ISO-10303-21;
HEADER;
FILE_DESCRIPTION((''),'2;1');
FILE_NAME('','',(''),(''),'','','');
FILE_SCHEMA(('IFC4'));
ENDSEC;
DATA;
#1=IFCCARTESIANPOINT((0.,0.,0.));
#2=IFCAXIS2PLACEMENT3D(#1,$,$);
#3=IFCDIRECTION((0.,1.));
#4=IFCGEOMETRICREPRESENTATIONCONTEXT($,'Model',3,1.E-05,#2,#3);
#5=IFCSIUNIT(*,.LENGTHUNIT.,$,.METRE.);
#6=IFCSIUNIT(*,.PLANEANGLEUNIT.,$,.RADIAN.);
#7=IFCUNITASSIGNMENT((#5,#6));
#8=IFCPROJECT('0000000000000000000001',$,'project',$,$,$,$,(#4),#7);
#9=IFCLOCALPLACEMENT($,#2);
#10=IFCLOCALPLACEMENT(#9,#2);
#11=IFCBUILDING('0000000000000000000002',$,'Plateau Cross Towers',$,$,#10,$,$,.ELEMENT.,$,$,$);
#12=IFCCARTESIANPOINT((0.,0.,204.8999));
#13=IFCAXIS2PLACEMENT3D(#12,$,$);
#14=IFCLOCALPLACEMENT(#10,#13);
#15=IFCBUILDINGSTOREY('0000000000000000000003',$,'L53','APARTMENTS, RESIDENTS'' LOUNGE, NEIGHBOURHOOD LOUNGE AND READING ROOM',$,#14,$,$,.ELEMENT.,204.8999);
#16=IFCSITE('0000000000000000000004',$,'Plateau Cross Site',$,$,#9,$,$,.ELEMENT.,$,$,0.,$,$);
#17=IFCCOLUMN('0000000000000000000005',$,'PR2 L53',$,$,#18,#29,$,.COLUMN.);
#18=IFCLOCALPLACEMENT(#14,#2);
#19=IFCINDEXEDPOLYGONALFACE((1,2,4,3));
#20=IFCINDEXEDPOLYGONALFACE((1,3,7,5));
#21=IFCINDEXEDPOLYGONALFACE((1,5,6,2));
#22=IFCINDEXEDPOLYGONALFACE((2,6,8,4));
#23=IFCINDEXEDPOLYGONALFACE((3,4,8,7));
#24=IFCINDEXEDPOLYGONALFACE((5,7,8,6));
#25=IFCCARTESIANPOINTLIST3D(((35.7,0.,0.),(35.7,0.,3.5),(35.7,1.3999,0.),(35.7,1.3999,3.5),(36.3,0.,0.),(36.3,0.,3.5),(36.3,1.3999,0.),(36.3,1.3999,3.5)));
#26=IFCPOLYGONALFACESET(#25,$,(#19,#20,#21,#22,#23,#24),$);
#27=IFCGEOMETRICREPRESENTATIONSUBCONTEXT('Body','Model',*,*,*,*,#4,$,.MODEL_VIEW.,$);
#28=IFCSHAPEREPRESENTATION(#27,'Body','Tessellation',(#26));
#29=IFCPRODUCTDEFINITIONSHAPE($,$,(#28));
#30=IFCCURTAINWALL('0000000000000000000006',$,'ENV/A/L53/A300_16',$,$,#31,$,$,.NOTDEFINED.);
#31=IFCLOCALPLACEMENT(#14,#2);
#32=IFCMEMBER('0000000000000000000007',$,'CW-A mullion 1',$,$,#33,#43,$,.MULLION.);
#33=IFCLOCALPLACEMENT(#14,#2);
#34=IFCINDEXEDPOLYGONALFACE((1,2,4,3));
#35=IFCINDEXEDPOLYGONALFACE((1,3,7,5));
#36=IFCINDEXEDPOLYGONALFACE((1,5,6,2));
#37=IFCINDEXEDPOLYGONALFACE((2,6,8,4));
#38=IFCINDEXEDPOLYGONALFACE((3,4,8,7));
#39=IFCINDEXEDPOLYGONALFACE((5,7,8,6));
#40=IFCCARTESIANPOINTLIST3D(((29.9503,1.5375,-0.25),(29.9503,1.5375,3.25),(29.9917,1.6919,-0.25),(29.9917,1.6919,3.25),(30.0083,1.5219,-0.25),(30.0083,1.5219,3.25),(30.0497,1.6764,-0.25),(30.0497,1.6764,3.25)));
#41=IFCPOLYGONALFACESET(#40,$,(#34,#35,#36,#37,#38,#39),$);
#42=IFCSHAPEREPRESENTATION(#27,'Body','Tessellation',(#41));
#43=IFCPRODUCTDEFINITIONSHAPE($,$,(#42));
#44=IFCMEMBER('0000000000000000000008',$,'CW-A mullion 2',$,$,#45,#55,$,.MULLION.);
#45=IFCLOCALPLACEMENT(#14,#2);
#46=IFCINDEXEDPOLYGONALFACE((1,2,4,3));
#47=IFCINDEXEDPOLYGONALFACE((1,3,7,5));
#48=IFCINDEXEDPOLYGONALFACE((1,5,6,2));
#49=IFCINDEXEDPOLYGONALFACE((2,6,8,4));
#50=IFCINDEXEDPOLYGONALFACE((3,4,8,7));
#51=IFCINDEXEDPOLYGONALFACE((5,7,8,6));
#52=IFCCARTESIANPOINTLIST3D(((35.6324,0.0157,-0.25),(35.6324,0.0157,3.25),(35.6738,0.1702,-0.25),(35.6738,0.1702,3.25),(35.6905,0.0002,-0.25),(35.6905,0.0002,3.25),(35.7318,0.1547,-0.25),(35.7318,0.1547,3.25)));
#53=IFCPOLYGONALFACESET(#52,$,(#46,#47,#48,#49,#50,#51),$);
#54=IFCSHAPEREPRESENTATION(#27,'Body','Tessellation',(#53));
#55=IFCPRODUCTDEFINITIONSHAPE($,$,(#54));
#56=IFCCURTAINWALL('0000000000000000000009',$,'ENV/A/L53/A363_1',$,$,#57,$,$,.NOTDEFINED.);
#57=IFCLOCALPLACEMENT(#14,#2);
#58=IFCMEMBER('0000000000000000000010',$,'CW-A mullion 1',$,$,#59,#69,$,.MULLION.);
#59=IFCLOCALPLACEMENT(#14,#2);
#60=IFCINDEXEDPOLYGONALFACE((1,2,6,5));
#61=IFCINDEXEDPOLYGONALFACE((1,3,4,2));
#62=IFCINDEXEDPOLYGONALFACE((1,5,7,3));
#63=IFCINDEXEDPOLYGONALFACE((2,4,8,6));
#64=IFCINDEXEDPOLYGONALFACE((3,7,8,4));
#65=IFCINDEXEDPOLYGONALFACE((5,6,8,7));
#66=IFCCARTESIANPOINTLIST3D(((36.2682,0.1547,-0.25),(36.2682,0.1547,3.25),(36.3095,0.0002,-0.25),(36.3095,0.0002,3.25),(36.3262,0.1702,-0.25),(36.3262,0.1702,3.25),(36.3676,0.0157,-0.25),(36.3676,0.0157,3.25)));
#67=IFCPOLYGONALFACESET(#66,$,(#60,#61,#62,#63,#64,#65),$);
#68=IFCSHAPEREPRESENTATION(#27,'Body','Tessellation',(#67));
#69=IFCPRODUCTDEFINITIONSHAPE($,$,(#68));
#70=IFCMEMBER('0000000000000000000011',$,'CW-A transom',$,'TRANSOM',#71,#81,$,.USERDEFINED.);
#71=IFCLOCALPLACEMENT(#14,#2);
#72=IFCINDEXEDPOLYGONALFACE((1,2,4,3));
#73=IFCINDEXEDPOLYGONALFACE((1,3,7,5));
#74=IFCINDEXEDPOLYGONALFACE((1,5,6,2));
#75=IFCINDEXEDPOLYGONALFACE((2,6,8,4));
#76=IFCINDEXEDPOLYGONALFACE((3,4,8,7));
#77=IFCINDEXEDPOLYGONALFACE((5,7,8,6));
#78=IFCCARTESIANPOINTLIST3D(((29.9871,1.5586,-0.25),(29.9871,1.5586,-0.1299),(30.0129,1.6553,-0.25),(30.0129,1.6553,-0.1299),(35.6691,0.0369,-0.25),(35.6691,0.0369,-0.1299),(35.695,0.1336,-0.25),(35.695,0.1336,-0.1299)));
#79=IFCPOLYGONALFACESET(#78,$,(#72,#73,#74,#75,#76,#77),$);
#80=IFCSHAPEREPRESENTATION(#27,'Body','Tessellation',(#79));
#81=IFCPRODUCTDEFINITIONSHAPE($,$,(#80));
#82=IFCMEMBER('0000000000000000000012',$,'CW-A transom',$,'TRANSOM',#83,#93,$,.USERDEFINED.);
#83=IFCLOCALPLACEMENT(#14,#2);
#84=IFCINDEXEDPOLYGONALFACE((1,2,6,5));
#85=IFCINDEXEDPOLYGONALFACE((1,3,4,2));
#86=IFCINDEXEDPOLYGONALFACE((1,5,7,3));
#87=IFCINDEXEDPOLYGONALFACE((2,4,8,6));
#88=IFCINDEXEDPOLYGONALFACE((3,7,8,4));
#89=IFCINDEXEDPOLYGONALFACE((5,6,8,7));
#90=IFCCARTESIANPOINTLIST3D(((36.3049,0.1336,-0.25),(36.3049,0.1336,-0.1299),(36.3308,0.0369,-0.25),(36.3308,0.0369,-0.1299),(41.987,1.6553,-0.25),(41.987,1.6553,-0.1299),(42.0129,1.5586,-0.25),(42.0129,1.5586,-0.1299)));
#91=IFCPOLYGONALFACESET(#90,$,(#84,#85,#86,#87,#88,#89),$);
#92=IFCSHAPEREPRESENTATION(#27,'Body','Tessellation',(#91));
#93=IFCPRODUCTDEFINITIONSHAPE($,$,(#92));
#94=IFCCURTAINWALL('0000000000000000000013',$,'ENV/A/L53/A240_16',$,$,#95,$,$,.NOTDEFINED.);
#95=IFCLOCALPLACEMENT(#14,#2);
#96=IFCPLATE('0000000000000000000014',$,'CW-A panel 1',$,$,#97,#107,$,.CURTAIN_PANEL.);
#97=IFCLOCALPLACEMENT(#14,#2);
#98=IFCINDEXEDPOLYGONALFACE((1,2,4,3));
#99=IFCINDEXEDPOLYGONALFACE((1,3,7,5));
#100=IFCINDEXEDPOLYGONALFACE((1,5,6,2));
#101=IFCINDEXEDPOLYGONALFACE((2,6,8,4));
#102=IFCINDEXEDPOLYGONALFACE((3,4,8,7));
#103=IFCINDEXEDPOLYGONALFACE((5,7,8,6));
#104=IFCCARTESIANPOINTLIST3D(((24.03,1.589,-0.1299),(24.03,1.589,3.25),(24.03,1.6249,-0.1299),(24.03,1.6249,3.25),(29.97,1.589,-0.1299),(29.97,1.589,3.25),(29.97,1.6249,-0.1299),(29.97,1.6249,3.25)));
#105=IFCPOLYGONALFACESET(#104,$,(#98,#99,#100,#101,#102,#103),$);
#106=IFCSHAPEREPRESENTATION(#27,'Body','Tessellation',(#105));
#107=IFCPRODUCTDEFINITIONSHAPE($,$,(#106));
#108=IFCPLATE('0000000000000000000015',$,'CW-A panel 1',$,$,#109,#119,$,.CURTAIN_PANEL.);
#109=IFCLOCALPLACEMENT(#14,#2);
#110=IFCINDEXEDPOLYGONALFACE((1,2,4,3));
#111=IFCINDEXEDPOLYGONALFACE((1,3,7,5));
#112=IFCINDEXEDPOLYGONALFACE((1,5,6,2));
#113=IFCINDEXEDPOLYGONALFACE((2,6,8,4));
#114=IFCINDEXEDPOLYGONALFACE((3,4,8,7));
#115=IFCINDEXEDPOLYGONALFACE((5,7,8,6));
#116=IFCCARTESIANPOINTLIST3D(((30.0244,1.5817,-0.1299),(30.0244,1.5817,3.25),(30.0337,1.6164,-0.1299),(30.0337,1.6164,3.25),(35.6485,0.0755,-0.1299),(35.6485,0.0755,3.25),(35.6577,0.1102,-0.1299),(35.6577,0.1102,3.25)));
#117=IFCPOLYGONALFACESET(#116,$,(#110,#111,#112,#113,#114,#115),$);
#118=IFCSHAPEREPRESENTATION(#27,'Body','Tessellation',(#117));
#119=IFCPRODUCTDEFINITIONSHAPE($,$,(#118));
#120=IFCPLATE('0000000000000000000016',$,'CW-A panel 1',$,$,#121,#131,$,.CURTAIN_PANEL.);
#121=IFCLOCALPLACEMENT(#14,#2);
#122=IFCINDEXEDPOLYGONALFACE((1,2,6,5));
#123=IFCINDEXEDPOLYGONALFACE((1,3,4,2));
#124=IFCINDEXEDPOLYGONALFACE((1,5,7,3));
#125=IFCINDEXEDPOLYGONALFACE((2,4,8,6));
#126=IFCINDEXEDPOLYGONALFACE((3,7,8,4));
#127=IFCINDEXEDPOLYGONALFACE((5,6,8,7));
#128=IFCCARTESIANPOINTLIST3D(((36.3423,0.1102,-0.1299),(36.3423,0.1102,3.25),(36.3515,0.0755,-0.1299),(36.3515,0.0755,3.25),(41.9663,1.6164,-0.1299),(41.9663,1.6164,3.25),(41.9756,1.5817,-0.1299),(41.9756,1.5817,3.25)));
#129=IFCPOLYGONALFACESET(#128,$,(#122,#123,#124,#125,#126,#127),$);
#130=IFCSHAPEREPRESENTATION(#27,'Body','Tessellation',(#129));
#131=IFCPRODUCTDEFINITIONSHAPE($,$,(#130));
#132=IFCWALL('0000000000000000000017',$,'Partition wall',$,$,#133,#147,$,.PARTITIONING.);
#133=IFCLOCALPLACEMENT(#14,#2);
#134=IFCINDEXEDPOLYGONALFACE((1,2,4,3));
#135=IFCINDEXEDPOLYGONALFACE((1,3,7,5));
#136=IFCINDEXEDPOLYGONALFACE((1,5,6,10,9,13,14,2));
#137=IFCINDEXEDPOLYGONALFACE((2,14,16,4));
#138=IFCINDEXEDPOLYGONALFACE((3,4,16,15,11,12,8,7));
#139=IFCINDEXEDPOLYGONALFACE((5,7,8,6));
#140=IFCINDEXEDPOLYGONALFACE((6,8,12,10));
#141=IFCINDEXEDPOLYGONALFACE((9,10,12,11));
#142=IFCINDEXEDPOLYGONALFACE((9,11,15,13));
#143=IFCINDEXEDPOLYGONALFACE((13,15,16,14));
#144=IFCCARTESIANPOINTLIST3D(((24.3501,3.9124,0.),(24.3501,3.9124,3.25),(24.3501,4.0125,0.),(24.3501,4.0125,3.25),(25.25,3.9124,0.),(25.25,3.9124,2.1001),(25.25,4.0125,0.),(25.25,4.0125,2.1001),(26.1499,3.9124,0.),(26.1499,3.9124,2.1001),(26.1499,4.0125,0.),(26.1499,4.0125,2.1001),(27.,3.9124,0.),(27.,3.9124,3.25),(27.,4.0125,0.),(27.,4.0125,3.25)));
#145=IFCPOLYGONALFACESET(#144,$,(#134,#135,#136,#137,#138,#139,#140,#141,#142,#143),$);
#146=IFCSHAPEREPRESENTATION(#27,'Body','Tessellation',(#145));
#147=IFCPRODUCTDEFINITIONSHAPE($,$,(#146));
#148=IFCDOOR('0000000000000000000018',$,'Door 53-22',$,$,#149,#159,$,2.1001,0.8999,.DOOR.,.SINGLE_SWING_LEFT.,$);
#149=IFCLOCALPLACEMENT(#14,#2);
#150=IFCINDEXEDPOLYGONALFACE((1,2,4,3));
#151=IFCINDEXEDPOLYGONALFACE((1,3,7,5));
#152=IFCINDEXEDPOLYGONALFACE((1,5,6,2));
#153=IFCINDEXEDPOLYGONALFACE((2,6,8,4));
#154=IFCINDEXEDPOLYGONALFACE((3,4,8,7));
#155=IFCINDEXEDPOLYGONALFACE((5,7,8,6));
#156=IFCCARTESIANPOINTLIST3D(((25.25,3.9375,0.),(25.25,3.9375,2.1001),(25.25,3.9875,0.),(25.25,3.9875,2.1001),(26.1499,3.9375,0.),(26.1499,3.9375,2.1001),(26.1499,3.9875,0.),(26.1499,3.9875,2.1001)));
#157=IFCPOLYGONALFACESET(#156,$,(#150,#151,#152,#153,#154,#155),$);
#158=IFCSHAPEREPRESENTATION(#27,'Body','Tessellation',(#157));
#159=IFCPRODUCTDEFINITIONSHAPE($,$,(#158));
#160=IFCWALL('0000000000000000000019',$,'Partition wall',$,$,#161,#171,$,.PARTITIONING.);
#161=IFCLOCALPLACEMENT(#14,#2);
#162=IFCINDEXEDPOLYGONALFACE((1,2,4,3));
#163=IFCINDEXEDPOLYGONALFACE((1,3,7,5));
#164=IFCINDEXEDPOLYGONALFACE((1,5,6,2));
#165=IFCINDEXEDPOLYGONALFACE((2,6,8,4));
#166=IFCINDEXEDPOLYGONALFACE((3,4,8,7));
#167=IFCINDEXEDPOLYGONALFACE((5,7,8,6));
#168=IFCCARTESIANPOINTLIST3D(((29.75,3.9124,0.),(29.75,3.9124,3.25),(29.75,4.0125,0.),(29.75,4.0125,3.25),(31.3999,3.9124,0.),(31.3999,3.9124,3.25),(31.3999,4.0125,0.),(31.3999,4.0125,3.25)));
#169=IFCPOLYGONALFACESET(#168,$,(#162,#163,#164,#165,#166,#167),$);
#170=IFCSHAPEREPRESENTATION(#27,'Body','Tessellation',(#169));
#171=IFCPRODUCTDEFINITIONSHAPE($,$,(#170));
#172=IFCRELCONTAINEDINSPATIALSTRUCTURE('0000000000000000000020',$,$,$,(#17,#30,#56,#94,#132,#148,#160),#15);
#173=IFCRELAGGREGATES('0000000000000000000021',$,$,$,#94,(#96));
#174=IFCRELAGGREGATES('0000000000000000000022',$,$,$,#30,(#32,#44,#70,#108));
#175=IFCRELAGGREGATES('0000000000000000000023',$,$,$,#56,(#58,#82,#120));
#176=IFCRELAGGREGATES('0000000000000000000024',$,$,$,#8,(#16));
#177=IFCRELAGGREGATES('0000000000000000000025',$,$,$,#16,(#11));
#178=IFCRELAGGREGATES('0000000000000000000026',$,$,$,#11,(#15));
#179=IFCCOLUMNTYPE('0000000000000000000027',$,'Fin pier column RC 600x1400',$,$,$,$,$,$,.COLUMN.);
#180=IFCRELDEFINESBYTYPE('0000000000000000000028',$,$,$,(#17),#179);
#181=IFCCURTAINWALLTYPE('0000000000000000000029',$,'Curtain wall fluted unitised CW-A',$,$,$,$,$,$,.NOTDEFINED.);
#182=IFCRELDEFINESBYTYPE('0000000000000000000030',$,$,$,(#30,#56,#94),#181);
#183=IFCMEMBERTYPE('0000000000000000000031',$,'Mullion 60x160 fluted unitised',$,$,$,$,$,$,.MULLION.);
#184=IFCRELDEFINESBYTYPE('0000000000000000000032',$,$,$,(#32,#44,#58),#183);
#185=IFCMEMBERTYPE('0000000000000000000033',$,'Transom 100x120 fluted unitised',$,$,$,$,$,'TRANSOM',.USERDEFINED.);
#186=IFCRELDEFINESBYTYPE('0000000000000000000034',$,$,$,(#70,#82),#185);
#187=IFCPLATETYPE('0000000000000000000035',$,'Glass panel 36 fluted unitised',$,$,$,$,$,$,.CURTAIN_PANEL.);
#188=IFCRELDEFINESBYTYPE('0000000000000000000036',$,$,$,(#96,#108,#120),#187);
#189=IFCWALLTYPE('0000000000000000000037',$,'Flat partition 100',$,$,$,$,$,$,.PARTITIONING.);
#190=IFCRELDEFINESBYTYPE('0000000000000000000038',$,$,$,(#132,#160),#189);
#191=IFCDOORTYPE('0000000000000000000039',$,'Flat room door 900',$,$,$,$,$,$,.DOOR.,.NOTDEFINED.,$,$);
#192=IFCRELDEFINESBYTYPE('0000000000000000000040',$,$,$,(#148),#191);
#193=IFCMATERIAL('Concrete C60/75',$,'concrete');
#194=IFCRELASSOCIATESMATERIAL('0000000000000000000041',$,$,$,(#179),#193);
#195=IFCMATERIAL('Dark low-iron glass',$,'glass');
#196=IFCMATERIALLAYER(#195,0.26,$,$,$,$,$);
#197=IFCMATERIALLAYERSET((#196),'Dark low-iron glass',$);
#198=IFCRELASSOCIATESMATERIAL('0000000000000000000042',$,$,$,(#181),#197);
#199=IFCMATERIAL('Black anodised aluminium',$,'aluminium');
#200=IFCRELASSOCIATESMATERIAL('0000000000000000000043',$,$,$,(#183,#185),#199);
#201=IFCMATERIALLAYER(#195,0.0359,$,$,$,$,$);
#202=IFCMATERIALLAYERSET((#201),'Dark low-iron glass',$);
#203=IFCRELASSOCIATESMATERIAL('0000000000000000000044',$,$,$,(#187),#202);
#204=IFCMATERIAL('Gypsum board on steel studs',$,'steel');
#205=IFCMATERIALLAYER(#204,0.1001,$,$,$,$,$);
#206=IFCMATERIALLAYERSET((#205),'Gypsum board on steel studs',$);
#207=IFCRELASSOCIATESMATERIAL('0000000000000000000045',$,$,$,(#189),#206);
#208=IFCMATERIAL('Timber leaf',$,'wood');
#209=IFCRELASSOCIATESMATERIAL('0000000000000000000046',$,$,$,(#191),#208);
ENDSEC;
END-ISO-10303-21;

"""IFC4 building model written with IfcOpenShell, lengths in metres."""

from ifc_helpers import new_model, si_unit, direction, frame, frame_2d, origin, origin_2d, place, context, subcontext, project, spatial, rectangle, extrude, material, layer, layer_set, material_profile, profile_set, type_object, element, fill, aggregate, save


model = new_model("IFC4")

# Units and contexts
model_context = context("Model", 3, precision=1e-05, world=origin(), true_north=direction((0.0, 1.0)))
body_context = subcontext(model_context, "Body", "Model", "MODEL_VIEW")
ifc_project = project(units=[si_unit("LENGTHUNIT", "METRE"), si_unit("PLANEANGLEUNIT", "RADIAN")], contexts=[model_context])

# Site, building, storey
site_placement = place(None, origin())
site = spatial("IfcSite", under=ifc_project, at=site_placement, Name="Plateau Cross Site", CompositionType="ELEMENT", RefElevation=0.0)
building_placement = place(site_placement, origin())
building = spatial("IfcBuilding", under=site, at=building_placement, Name="Plateau Cross Towers", CompositionType="ELEMENT")
storey_placement = place(building_placement, frame((0.0, 0.0, 204.8999)))
storey = spatial("IfcBuildingStorey", under=building, at=storey_placement, Name="L53", Description="APARTMENTS, RESIDENTS' LOUNGE, NEIGHBOURHOOD LOUNGE AND READING ROOM", CompositionType="ELEMENT", Elevation=204.8999)

# Column
ifc_material_1 = material(Name="Concrete C60/75", Category="concrete")
ifc_material_profile_1 = material_profile(ifc_material_1, rectangle(XDim=0.6001, YDim=1.3999, at=origin_2d()), Name="RC 600x1400")
ifc_profile_set_1 = profile_set([ifc_material_profile_1], Name="Concrete C60/75")
column_type = type_object("IfcColumnType", Name="Fin pier column RC 600x1400", PredefinedType="COLUMN", material=ifc_profile_set_1)
column_placement = place(storey_placement, frame((36.0, 0.7, 0.0), z_axis=(0.0, 0.0, 1.0), x_axis=(1.0, 0.0, 0.0)))
element("IfcColumn", 1, at=column_placement, inside=storey, type_object=column_type, Name="PR2 L53", PredefinedType="COLUMN", context=body_context, shape_type="SweptSolid", body=[
    extrude(rectangle(XDim=0.6001, YDim=1.3999, at=origin_2d()), origin(), (0.0, 0.0, 1.0), 3.5),
])

# Curtain wall, members
ifc_material_2 = material(Name="Dark low-iron glass", Category="glass")
ifc_layer_1 = layer(ifc_material_2, 0.26)
ifc_layer_set_1 = layer_set([ifc_layer_1], Name="Dark low-iron glass")
curtain_wall_type = type_object("IfcCurtainWallType", Name="Curtain wall fluted unitised CW-A", PredefinedType="NOTDEFINED", material=ifc_layer_set_1)
curtain_wall_1_placement = place(storey_placement, origin())
curtain_wall_1 = element("IfcCurtainWall", 2, at=curtain_wall_1_placement, inside=storey, type_object=curtain_wall_type, Name="ENV/A/L53/A300_16", PredefinedType="NOTDEFINED")
ifc_material_3 = material(Name="Black anodised aluminium", Category="aluminium")
ifc_material_profile_2 = material_profile(ifc_material_3, rectangle(XDim=0.0601, YDim=0.1599, at=origin_2d()), Name="MULLION 60x160")
ifc_profile_set_2 = profile_set([ifc_material_profile_2], Name="Black anodised aluminium")
member_type_1 = type_object("IfcMemberType", Name="Mullion 60x160 fluted unitised", PredefinedType="MULLION", material=ifc_profile_set_2)
member_1_placement = place(storey_placement, frame((30.0, 1.6069, -0.25), z_axis=(0.0, 0.0, 1.0), x_axis=(0.965958, -0.258699, 0.0)))
member_1 = element("IfcMember", 3, at=member_1_placement, type_object=member_type_1, Name="CW-A mullion 1", PredefinedType="MULLION", context=body_context, shape_type="SweptSolid", body=[
    extrude(rectangle(XDim=0.0601, YDim=0.1599, at=origin_2d()), origin(), (0.0, 0.0, 1.0), 3.5),
])
member_2_placement = place(storey_placement, frame((35.6821, 0.0852, -0.25), z_axis=(0.0, 0.0, 1.0), x_axis=(0.965958, -0.258699, 0.0)))
member_2 = element("IfcMember", 4, at=member_2_placement, type_object=member_type_1, Name="CW-A mullion 2", PredefinedType="MULLION", context=body_context, shape_type="SweptSolid", body=[
    extrude(rectangle(XDim=0.0601, YDim=0.1599, at=origin_2d()), origin(), (0.0, 0.0, 1.0), 3.5),
])

# Curtain wall, member
curtain_wall_2_placement = place(storey_placement, origin())
curtain_wall_2 = element("IfcCurtainWall", 5, at=curtain_wall_2_placement, inside=storey, type_object=curtain_wall_type, Name="ENV/A/L53/A363_1", PredefinedType="NOTDEFINED")
member_3_placement = place(storey_placement, frame((36.3179, 0.0852, -0.25), z_axis=(0.0, 0.0, 1.0), x_axis=(0.965958, 0.258699, 0.0)))
member_3 = element("IfcMember", 6, at=member_3_placement, type_object=member_type_1, Name="CW-A mullion 1", PredefinedType="MULLION", context=body_context, shape_type="SweptSolid", body=[
    extrude(rectangle(XDim=0.0601, YDim=0.1599, at=origin_2d()), origin(), (0.0, 0.0, 1.0), 3.5),
])

# Members
ifc_material_profile_3 = material_profile(ifc_material_3, rectangle(XDim=0.1001, YDim=0.1201, at=origin_2d()), Name="TRANSOM 100x120")
ifc_profile_set_3 = profile_set([ifc_material_profile_3], Name="Black anodised aluminium")
member_type_2 = type_object("IfcMemberType", Name="Transom 100x120 fluted unitised", ElementType="TRANSOM", PredefinedType="USERDEFINED", material=ifc_profile_set_3)
member_4_placement = place(storey_placement, frame((30.0, 1.6069, -0.1899), z_axis=(0.96596, -0.258693, 0.0), x_axis=(0.258693, 0.96596, 0.0)))
member_4 = element("IfcMember", 7, at=member_4_placement, type_object=member_type_2, Name="CW-A transom", ObjectType="TRANSOM", PredefinedType="USERDEFINED", context=body_context, shape_type="SweptSolid", body=[
    extrude(rectangle(XDim=0.1001, YDim=0.1201, at=origin_2d()), origin(), (0.0, 0.0, 1.0), 5.8823),
])
member_5_placement = place(storey_placement, frame((36.3179, 0.0852, -0.1899), z_axis=(0.96596, 0.258693, 0.0), x_axis=(-0.258693, 0.96596, 0.0)))
member_5 = element("IfcMember", 8, at=member_5_placement, type_object=member_type_2, Name="CW-A transom", ObjectType="TRANSOM", PredefinedType="USERDEFINED", context=body_context, shape_type="SweptSolid", body=[
    extrude(rectangle(XDim=0.1001, YDim=0.1201, at=origin_2d()), origin(), (0.0, 0.0, 1.0), 5.8823),
])

# Curtain wall, plate
curtain_wall_3_placement = place(storey_placement, origin())
curtain_wall_3 = element("IfcCurtainWall", 9, at=curtain_wall_3_placement, inside=storey, type_object=curtain_wall_type, Name="ENV/A/L53/A240_16", PredefinedType="NOTDEFINED")
ifc_layer_2 = layer(ifc_material_2, 0.0359)
ifc_layer_set_2 = layer_set([ifc_layer_2], Name="Dark low-iron glass")
plate_type = type_object("IfcPlateType", Name="Glass panel 36 fluted unitised", PredefinedType="CURTAIN_PANEL", material=ifc_layer_set_2)
plate_1_placement = place(storey_placement, frame((27.0, 1.6069, -0.1299), z_axis=(0.0, 0.0, 1.0), x_axis=(1.0, 0.0, 0.0)))
plate_1 = element("IfcPlate", 10, at=plate_1_placement, type_object=plate_type, Name="CW-A panel 1", PredefinedType="CURTAIN_PANEL", context=body_context, shape_type="SweptSolid", body=[
    extrude(rectangle(XDim=5.9399, YDim=0.0359, at=origin_2d()), origin(), (0.0, 0.0, 1.0), 3.3799),
])
aggregate(curtain_wall_3, [plate_1])

# Plates
plate_2_placement = place(storey_placement, frame((32.8411, 0.8459, -0.1299), z_axis=(0.0, 0.0, 1.0), x_axis=(0.965958, -0.258699, 0.0)))
plate_2 = element("IfcPlate", 11, at=plate_2_placement, type_object=plate_type, Name="CW-A panel 1", PredefinedType="CURTAIN_PANEL", context=body_context, shape_type="SweptSolid", body=[
    extrude(rectangle(XDim=5.8223, YDim=0.0359, at=origin_2d()), origin(), (0.0, 0.0, 1.0), 3.3799),
])
aggregate(curtain_wall_1, [member_1, member_2, member_4, plate_2])
plate_3_placement = place(storey_placement, frame((39.1589, 0.8459, -0.1299), z_axis=(0.0, 0.0, 1.0), x_axis=(0.965958, 0.258699, 0.0)))
plate_3 = element("IfcPlate", 12, at=plate_3_placement, type_object=plate_type, Name="CW-A panel 1", PredefinedType="CURTAIN_PANEL", context=body_context, shape_type="SweptSolid", body=[
    extrude(rectangle(XDim=5.8223, YDim=0.0359, at=origin_2d()), origin(), (0.0, 0.0, 1.0), 3.3799),
])
aggregate(curtain_wall_2, [member_3, member_5, plate_3])

# Wall, opening, door
ifc_material_4 = material(Name="Gypsum board on steel studs", Category="steel")
ifc_layer_3 = layer(ifc_material_4, 0.1001)
ifc_layer_set_3 = layer_set([ifc_layer_3], Name="Gypsum board on steel studs")
wall_type_1 = type_object("IfcWallType", Name="Flat partition 100", PredefinedType="PARTITIONING", material=ifc_layer_set_3)
wall_1_placement = place(storey_placement, frame((27.0, 3.9624, 0.0), z_axis=(0.0, 0.0, 1.0), x_axis=(-1.0, 0.0, 0.0)))
wall_1 = element("IfcWall", 13, at=wall_1_placement, inside=storey, type_object=wall_type_1, Name="Partition wall", PredefinedType="PARTITIONING", context=body_context, shape_type="SweptSolid", body=[
    extrude(rectangle(XDim=2.6499, YDim=0.1001, at=frame_2d((1.325, 0.0))), origin(), (0.0, 0.0, 1.0), 3.25),
])
opening_1_placement = place(wall_1_placement, frame((0.8501, 0.0, 0.0)))
opening_1 = element("IfcOpeningElement", 14, at=opening_1_placement, cuts=wall_1, PredefinedType="OPENING", context=body_context, shape_type="SweptSolid", body=[
    extrude(rectangle(XDim=0.8999, YDim=2.1001, at=frame_2d((0.45, 1.05))), frame((0.0, 0.0601, 0.0), z_axis=(0.0, -1.0, 0.0), x_axis=(1.0, 0.0, 0.0)), (0.0, 0.0, 1.0), 0.1201),
])
ifc_material_5 = material(Name="Timber leaf", Category="wood")
door_type_1 = type_object("IfcDoorType", Name="Flat room door 900", OperationType="NOTDEFINED", PredefinedType="DOOR", material=ifc_material_5)
door_1_placement = place(opening_1_placement, origin())
door_1 = element("IfcDoor", 15, at=door_1_placement, inside=storey, type_object=door_type_1, Name="Door 53-22", OperationType="SINGLE_SWING_LEFT", OverallHeight=2.1001, OverallWidth=0.8999, PredefinedType="DOOR", context=body_context, shape_type="SweptSolid", body=[
    extrude(rectangle(XDim=0.8999, YDim=2.1001, at=frame_2d((0.45, 1.05))), frame((0.0, 0.0249, 0.0), z_axis=(0.0, -1.0, 0.0), x_axis=(1.0, 0.0, 0.0)), (0.0, 0.0, 1.0), 0.05),
])
fill(opening_1, door_1)

# Wall
wall_2_placement = place(storey_placement, frame((29.75, 3.9624, 0.0), z_axis=(0.0, 0.0, 1.0), x_axis=(1.0, 0.0, 0.0)))
element("IfcWall", 16, at=wall_2_placement, inside=storey, type_object=wall_type_1, Name="Partition wall", PredefinedType="PARTITIONING", context=body_context, shape_type="SweptSolid", body=[
    extrude(rectangle(XDim=1.6499, YDim=0.1001, at=frame_2d((0.825, 0.0))), origin(), (0.0, 0.0, 1.0), 3.25),
])

save(model, "model.ifc")
